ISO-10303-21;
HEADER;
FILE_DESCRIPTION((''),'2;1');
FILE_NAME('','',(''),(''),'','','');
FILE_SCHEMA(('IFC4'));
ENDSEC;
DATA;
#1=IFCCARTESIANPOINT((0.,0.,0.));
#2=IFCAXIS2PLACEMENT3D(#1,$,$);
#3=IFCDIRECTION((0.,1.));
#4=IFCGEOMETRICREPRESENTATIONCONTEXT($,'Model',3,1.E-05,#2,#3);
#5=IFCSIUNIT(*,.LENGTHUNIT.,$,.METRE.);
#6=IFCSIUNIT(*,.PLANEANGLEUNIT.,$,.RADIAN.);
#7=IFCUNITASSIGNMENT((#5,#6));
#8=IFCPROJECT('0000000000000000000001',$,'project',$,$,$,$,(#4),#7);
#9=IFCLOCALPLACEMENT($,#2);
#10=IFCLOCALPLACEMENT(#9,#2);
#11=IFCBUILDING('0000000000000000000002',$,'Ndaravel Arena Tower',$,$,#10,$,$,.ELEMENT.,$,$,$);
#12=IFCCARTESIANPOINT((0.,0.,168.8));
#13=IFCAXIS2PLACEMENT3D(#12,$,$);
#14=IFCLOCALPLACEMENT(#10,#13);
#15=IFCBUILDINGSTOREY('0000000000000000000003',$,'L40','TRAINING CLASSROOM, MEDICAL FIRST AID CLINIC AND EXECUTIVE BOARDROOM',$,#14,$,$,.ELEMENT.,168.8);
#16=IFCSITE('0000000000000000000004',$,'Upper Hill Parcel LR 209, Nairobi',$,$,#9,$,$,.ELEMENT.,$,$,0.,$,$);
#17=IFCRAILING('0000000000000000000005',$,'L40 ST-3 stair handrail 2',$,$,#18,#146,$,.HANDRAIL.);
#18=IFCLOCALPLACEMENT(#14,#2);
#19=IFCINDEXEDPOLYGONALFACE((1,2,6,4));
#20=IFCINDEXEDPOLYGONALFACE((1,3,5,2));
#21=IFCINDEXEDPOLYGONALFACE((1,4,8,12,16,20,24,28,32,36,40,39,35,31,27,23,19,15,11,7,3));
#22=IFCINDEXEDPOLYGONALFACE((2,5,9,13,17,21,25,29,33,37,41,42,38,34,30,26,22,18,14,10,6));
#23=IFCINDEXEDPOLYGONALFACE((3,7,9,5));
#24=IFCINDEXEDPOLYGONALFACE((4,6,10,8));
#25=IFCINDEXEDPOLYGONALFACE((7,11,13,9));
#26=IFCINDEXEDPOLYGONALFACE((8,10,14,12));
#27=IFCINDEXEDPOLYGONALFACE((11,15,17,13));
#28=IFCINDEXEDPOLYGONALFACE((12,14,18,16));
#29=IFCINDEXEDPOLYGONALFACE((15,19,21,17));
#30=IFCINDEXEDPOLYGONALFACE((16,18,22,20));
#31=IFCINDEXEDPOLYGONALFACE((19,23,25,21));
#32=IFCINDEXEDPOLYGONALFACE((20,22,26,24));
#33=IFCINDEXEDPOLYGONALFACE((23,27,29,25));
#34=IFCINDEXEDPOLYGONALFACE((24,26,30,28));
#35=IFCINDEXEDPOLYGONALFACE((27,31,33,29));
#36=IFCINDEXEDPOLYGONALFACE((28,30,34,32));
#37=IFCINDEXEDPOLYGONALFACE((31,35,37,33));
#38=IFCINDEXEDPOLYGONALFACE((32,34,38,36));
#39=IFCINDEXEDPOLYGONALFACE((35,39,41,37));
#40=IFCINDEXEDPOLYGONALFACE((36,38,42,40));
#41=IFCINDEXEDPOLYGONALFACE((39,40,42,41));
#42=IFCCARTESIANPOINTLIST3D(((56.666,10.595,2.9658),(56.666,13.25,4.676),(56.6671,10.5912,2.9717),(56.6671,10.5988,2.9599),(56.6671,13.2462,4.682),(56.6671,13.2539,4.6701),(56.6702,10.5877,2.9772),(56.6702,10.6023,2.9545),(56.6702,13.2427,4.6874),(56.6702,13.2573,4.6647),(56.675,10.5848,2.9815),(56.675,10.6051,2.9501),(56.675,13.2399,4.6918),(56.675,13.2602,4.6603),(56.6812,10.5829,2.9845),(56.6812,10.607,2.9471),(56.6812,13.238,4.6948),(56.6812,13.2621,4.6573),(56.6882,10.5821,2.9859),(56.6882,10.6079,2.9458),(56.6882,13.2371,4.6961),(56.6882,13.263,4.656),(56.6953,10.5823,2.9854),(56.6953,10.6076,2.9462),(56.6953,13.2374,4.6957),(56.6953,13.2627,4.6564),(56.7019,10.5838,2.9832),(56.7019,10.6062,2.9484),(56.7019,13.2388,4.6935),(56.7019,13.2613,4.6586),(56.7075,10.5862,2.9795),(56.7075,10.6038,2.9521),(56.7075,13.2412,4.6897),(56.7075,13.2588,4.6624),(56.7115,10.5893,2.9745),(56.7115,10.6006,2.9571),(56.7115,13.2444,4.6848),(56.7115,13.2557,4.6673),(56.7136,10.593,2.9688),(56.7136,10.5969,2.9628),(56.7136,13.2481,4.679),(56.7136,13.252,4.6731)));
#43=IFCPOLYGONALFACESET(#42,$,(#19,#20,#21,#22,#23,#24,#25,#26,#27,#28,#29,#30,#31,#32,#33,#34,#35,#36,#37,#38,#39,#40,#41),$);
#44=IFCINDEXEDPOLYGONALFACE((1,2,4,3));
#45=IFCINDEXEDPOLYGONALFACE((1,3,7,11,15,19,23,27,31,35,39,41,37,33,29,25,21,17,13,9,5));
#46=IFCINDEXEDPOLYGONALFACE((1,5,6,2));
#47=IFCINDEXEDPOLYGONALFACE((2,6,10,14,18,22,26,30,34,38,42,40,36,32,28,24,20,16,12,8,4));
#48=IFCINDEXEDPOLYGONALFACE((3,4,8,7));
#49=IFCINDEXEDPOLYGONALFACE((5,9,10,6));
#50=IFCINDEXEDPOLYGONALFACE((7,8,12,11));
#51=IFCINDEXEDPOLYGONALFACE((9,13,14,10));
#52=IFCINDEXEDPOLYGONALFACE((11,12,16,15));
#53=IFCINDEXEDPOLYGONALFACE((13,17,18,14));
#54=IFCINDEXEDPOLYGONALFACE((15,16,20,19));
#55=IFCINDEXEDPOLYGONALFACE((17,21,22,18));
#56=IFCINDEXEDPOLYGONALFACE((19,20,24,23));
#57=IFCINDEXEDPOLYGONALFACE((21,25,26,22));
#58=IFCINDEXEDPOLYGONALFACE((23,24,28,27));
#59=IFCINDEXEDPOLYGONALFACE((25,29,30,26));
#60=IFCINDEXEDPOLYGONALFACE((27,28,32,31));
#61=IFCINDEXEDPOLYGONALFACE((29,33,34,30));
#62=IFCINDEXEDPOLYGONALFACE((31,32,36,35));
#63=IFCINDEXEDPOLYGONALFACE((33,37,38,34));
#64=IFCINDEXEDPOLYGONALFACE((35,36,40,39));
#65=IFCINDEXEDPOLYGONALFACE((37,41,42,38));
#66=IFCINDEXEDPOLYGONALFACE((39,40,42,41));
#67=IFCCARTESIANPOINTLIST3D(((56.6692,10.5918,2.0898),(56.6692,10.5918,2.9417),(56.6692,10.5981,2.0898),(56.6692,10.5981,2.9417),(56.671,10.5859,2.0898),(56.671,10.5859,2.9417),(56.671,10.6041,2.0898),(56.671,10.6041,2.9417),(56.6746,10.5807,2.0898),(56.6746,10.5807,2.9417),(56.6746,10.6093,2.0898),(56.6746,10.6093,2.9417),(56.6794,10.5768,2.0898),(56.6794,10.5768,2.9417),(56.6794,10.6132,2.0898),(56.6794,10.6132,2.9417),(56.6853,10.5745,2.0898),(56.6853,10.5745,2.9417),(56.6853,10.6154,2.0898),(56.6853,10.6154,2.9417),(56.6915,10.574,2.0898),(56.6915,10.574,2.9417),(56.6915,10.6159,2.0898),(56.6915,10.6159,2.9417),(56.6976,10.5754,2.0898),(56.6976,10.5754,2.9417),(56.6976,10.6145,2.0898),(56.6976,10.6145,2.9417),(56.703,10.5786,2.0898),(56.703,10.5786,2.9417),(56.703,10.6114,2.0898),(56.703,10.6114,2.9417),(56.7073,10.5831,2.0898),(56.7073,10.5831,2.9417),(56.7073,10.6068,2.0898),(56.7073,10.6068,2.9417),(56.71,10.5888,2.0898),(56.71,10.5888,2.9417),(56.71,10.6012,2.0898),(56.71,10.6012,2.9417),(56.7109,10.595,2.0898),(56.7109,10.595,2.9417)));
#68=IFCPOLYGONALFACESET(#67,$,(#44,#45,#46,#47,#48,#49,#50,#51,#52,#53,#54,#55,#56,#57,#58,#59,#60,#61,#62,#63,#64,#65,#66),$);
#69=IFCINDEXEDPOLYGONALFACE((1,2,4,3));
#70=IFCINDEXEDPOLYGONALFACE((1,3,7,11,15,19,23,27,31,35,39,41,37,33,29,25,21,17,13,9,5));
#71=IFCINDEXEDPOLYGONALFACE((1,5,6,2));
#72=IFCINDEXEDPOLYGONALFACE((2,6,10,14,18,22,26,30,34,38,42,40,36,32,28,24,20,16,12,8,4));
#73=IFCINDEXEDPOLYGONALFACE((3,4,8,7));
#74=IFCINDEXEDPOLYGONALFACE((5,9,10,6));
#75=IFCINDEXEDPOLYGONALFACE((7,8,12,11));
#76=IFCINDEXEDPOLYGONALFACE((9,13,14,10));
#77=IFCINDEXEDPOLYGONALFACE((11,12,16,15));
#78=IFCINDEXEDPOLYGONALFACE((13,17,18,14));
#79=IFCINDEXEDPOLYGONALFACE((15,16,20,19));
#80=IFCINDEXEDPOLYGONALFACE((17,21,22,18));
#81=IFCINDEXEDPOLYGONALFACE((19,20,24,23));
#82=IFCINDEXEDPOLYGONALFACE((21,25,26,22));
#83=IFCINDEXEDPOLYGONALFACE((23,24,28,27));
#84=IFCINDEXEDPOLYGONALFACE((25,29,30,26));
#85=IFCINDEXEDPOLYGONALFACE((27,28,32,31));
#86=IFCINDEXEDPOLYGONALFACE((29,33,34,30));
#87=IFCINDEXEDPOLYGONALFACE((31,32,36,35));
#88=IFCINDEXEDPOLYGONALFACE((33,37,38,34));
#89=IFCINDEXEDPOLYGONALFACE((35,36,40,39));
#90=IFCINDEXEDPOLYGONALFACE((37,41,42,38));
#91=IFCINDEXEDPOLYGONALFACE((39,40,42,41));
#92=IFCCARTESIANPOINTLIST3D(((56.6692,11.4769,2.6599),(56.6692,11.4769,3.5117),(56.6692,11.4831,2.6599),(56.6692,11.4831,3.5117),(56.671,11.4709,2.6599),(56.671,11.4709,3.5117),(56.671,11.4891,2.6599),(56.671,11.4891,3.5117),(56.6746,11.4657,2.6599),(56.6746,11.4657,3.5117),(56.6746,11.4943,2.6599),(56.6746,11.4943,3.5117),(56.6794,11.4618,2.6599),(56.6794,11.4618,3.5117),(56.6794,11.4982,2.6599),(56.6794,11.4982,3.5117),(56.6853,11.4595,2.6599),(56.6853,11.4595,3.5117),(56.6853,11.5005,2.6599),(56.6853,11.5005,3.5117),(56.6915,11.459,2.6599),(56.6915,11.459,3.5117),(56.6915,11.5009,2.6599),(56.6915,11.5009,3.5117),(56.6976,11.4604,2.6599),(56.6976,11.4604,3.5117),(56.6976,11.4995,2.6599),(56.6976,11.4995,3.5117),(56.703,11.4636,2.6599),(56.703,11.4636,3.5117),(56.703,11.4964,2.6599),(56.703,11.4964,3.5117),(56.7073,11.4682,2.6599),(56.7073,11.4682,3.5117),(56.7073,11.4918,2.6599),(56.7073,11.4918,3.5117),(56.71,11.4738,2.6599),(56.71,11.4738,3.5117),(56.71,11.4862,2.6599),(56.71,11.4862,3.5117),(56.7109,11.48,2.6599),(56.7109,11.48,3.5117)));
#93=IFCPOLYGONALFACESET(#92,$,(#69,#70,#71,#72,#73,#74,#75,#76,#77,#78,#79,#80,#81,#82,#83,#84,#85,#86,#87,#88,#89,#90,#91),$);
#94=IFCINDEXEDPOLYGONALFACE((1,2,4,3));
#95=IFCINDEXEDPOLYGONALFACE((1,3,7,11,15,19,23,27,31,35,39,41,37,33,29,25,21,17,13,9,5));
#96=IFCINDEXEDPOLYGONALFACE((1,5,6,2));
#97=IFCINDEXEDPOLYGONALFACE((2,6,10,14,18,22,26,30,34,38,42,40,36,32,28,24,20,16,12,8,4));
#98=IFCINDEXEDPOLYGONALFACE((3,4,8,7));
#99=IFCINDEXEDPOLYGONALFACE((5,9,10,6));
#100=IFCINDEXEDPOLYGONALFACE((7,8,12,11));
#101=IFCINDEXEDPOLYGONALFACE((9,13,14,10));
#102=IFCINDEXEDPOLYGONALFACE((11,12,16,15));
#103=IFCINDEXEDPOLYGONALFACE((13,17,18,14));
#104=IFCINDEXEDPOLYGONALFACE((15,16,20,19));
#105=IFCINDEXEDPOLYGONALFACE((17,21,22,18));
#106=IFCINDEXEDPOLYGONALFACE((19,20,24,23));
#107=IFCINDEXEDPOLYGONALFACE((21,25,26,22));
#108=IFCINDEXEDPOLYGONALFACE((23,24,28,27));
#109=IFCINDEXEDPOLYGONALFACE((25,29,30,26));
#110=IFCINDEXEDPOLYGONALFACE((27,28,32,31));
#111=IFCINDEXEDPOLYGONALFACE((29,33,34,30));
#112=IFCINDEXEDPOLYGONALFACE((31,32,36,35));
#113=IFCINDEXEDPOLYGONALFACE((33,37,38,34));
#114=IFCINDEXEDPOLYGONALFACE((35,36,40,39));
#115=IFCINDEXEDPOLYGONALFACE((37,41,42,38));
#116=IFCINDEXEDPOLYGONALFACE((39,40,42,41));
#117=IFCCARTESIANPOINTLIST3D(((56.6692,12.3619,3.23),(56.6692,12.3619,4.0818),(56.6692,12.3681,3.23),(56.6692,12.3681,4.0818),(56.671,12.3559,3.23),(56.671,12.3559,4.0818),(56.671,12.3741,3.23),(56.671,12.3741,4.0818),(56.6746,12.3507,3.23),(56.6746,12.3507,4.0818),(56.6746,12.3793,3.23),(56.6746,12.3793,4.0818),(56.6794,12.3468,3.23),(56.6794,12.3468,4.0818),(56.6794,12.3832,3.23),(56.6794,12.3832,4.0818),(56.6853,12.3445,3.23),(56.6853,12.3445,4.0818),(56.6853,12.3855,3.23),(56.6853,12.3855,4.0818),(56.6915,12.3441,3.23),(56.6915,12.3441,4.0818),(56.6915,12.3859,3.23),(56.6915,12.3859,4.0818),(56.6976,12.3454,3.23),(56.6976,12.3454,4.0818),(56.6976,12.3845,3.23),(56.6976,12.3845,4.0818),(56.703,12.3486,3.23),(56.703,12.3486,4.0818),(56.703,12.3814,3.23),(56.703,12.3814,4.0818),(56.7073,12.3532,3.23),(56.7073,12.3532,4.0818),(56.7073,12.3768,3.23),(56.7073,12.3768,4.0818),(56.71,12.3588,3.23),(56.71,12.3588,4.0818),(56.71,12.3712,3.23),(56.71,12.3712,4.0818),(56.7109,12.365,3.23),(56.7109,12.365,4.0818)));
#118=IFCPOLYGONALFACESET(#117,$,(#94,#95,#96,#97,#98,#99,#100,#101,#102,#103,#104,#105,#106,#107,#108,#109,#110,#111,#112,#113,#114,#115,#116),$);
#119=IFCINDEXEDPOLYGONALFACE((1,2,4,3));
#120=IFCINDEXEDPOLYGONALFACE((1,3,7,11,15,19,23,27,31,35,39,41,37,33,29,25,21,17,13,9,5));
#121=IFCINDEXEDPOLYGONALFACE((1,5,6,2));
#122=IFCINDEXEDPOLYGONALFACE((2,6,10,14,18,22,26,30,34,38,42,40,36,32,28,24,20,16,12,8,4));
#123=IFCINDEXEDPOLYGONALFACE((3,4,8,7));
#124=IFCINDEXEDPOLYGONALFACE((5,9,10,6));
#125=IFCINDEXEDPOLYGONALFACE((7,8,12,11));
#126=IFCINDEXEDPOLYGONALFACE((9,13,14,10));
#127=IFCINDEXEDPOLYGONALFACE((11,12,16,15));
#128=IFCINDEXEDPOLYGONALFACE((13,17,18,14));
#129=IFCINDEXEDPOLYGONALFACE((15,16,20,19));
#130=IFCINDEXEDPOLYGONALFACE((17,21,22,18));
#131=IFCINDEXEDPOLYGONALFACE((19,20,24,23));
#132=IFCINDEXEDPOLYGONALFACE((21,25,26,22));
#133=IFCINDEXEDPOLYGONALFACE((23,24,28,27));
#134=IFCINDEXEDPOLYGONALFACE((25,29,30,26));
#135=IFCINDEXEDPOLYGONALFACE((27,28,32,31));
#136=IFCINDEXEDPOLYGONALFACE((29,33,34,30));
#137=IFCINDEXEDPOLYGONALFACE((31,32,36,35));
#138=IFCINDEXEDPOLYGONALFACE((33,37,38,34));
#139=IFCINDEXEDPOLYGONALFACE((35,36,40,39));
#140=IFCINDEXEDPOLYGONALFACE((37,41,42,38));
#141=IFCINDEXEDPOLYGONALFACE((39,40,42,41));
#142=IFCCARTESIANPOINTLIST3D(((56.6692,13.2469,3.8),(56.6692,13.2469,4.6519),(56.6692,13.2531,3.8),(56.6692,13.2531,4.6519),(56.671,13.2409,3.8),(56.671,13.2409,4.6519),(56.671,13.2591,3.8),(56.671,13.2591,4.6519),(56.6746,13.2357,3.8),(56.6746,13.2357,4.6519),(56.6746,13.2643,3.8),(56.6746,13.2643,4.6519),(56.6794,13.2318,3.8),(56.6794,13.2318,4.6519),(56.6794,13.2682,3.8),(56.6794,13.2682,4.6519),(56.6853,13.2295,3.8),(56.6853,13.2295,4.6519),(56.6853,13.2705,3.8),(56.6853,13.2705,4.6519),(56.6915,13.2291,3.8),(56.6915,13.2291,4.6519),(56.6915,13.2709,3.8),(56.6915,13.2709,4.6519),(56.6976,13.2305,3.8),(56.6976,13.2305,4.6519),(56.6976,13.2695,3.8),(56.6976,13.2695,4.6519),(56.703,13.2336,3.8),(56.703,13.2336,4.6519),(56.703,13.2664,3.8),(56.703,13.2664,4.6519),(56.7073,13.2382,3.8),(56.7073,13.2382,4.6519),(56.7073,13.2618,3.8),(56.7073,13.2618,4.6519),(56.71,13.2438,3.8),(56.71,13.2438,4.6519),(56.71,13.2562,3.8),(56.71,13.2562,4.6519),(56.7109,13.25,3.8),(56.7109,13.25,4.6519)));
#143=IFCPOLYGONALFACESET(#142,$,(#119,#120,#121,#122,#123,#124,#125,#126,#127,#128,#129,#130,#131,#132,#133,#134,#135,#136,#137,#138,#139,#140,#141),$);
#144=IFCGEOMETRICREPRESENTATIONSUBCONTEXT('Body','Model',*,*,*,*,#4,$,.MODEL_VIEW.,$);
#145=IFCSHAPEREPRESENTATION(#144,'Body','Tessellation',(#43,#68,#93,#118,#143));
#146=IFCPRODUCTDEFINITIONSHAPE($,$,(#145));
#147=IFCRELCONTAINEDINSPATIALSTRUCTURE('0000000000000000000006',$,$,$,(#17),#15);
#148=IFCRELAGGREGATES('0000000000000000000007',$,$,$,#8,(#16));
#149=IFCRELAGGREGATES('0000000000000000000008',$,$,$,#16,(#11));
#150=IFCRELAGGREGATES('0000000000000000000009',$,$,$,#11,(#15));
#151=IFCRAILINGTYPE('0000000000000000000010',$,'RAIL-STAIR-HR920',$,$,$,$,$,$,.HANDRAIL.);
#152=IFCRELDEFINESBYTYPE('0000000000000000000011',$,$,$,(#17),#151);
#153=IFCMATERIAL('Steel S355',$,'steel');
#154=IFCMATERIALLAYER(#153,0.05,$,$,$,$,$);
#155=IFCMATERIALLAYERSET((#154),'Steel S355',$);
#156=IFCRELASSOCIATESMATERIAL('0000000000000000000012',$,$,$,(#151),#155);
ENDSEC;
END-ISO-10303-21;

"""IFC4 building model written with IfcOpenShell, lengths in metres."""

from ifc_helpers import new_model, si_unit, direction, frame, origin, origin_2d, place, context, subcontext, project, spatial, circle, extrude, material, layer, layer_set, type_object, element, save


model = new_model("IFC4")

# Units and contexts
model_context = context("Model", 3, precision=1e-05, world=origin(), true_north=direction((0.0, 1.0)))
body_context = subcontext(model_context, "Body", "Model", "MODEL_VIEW")
ifc_project = project(units=[si_unit("LENGTHUNIT", "METRE"), si_unit("PLANEANGLEUNIT", "RADIAN")], contexts=[model_context])

# Site, building, storey
site_placement = place(None, origin())
site = spatial("IfcSite", under=ifc_project, at=site_placement, Name="Upper Hill Parcel LR 209, Nairobi", CompositionType="ELEMENT", RefElevation=0.0)
building_placement = place(site_placement, origin())
building = spatial("IfcBuilding", under=site, at=building_placement, Name="Ndaravel Arena Tower", CompositionType="ELEMENT")
storey_placement = place(building_placement, frame((0.0, 0.0, 168.8)))
storey = spatial("IfcBuildingStorey", under=building, at=storey_placement, Name="L40", Description="TRAINING CLASSROOM, MEDICAL FIRST AID CLINIC AND EXECUTIVE BOARDROOM", CompositionType="ELEMENT", Elevation=168.8)

# Railing
ifc_material_1 = material(Name="Steel S355", Category="steel")
ifc_layer_1 = layer(ifc_material_1, 0.05)
ifc_layer_set_1 = layer_set([ifc_layer_1], Name="Steel S355")
railing_type_1 = type_object("IfcRailingType", Name="RAIL-STAIR-HR920", PredefinedType="HANDRAIL", material=ifc_layer_set_1)
railing_1_placement = place(storey_placement, frame((56.6899, 10.595, 2.0898)))
element("IfcRailing", 1, at=railing_1_placement, inside=storey, type_object=railing_type_1, Name="L40 ST-3 stair handrail 2", PredefinedType="HANDRAIL", context=body_context, shape_type="SweptSolid", body=[
    extrude(circle(Radius=0.0239, at=origin_2d()), frame((0.0, 0.0, 0.876), z_axis=(0.0, 0.840688, 0.541519), x_axis=(-1.0, 0.0, 0.0)), (0.0, 0.0, 1.0), 3.1582),
    extrude(circle(Radius=0.021, at=origin_2d()), origin(), (0.0, 0.0, 1.0), 0.8518),
    extrude(circle(Radius=0.021, at=origin_2d()), frame((0.0, 0.885, 0.5701)), (0.0, 0.0, 1.0), 0.8518),
    extrude(circle(Radius=0.021, at=origin_2d()), frame((0.0, 1.77, 1.1401)), (0.0, 0.0, 1.0), 0.8518),
    extrude(circle(Radius=0.021, at=origin_2d()), frame((0.0, 2.655, 1.7102)), (0.0, 0.0, 1.0), 0.8518),
])

save(model, "model.ifc")
